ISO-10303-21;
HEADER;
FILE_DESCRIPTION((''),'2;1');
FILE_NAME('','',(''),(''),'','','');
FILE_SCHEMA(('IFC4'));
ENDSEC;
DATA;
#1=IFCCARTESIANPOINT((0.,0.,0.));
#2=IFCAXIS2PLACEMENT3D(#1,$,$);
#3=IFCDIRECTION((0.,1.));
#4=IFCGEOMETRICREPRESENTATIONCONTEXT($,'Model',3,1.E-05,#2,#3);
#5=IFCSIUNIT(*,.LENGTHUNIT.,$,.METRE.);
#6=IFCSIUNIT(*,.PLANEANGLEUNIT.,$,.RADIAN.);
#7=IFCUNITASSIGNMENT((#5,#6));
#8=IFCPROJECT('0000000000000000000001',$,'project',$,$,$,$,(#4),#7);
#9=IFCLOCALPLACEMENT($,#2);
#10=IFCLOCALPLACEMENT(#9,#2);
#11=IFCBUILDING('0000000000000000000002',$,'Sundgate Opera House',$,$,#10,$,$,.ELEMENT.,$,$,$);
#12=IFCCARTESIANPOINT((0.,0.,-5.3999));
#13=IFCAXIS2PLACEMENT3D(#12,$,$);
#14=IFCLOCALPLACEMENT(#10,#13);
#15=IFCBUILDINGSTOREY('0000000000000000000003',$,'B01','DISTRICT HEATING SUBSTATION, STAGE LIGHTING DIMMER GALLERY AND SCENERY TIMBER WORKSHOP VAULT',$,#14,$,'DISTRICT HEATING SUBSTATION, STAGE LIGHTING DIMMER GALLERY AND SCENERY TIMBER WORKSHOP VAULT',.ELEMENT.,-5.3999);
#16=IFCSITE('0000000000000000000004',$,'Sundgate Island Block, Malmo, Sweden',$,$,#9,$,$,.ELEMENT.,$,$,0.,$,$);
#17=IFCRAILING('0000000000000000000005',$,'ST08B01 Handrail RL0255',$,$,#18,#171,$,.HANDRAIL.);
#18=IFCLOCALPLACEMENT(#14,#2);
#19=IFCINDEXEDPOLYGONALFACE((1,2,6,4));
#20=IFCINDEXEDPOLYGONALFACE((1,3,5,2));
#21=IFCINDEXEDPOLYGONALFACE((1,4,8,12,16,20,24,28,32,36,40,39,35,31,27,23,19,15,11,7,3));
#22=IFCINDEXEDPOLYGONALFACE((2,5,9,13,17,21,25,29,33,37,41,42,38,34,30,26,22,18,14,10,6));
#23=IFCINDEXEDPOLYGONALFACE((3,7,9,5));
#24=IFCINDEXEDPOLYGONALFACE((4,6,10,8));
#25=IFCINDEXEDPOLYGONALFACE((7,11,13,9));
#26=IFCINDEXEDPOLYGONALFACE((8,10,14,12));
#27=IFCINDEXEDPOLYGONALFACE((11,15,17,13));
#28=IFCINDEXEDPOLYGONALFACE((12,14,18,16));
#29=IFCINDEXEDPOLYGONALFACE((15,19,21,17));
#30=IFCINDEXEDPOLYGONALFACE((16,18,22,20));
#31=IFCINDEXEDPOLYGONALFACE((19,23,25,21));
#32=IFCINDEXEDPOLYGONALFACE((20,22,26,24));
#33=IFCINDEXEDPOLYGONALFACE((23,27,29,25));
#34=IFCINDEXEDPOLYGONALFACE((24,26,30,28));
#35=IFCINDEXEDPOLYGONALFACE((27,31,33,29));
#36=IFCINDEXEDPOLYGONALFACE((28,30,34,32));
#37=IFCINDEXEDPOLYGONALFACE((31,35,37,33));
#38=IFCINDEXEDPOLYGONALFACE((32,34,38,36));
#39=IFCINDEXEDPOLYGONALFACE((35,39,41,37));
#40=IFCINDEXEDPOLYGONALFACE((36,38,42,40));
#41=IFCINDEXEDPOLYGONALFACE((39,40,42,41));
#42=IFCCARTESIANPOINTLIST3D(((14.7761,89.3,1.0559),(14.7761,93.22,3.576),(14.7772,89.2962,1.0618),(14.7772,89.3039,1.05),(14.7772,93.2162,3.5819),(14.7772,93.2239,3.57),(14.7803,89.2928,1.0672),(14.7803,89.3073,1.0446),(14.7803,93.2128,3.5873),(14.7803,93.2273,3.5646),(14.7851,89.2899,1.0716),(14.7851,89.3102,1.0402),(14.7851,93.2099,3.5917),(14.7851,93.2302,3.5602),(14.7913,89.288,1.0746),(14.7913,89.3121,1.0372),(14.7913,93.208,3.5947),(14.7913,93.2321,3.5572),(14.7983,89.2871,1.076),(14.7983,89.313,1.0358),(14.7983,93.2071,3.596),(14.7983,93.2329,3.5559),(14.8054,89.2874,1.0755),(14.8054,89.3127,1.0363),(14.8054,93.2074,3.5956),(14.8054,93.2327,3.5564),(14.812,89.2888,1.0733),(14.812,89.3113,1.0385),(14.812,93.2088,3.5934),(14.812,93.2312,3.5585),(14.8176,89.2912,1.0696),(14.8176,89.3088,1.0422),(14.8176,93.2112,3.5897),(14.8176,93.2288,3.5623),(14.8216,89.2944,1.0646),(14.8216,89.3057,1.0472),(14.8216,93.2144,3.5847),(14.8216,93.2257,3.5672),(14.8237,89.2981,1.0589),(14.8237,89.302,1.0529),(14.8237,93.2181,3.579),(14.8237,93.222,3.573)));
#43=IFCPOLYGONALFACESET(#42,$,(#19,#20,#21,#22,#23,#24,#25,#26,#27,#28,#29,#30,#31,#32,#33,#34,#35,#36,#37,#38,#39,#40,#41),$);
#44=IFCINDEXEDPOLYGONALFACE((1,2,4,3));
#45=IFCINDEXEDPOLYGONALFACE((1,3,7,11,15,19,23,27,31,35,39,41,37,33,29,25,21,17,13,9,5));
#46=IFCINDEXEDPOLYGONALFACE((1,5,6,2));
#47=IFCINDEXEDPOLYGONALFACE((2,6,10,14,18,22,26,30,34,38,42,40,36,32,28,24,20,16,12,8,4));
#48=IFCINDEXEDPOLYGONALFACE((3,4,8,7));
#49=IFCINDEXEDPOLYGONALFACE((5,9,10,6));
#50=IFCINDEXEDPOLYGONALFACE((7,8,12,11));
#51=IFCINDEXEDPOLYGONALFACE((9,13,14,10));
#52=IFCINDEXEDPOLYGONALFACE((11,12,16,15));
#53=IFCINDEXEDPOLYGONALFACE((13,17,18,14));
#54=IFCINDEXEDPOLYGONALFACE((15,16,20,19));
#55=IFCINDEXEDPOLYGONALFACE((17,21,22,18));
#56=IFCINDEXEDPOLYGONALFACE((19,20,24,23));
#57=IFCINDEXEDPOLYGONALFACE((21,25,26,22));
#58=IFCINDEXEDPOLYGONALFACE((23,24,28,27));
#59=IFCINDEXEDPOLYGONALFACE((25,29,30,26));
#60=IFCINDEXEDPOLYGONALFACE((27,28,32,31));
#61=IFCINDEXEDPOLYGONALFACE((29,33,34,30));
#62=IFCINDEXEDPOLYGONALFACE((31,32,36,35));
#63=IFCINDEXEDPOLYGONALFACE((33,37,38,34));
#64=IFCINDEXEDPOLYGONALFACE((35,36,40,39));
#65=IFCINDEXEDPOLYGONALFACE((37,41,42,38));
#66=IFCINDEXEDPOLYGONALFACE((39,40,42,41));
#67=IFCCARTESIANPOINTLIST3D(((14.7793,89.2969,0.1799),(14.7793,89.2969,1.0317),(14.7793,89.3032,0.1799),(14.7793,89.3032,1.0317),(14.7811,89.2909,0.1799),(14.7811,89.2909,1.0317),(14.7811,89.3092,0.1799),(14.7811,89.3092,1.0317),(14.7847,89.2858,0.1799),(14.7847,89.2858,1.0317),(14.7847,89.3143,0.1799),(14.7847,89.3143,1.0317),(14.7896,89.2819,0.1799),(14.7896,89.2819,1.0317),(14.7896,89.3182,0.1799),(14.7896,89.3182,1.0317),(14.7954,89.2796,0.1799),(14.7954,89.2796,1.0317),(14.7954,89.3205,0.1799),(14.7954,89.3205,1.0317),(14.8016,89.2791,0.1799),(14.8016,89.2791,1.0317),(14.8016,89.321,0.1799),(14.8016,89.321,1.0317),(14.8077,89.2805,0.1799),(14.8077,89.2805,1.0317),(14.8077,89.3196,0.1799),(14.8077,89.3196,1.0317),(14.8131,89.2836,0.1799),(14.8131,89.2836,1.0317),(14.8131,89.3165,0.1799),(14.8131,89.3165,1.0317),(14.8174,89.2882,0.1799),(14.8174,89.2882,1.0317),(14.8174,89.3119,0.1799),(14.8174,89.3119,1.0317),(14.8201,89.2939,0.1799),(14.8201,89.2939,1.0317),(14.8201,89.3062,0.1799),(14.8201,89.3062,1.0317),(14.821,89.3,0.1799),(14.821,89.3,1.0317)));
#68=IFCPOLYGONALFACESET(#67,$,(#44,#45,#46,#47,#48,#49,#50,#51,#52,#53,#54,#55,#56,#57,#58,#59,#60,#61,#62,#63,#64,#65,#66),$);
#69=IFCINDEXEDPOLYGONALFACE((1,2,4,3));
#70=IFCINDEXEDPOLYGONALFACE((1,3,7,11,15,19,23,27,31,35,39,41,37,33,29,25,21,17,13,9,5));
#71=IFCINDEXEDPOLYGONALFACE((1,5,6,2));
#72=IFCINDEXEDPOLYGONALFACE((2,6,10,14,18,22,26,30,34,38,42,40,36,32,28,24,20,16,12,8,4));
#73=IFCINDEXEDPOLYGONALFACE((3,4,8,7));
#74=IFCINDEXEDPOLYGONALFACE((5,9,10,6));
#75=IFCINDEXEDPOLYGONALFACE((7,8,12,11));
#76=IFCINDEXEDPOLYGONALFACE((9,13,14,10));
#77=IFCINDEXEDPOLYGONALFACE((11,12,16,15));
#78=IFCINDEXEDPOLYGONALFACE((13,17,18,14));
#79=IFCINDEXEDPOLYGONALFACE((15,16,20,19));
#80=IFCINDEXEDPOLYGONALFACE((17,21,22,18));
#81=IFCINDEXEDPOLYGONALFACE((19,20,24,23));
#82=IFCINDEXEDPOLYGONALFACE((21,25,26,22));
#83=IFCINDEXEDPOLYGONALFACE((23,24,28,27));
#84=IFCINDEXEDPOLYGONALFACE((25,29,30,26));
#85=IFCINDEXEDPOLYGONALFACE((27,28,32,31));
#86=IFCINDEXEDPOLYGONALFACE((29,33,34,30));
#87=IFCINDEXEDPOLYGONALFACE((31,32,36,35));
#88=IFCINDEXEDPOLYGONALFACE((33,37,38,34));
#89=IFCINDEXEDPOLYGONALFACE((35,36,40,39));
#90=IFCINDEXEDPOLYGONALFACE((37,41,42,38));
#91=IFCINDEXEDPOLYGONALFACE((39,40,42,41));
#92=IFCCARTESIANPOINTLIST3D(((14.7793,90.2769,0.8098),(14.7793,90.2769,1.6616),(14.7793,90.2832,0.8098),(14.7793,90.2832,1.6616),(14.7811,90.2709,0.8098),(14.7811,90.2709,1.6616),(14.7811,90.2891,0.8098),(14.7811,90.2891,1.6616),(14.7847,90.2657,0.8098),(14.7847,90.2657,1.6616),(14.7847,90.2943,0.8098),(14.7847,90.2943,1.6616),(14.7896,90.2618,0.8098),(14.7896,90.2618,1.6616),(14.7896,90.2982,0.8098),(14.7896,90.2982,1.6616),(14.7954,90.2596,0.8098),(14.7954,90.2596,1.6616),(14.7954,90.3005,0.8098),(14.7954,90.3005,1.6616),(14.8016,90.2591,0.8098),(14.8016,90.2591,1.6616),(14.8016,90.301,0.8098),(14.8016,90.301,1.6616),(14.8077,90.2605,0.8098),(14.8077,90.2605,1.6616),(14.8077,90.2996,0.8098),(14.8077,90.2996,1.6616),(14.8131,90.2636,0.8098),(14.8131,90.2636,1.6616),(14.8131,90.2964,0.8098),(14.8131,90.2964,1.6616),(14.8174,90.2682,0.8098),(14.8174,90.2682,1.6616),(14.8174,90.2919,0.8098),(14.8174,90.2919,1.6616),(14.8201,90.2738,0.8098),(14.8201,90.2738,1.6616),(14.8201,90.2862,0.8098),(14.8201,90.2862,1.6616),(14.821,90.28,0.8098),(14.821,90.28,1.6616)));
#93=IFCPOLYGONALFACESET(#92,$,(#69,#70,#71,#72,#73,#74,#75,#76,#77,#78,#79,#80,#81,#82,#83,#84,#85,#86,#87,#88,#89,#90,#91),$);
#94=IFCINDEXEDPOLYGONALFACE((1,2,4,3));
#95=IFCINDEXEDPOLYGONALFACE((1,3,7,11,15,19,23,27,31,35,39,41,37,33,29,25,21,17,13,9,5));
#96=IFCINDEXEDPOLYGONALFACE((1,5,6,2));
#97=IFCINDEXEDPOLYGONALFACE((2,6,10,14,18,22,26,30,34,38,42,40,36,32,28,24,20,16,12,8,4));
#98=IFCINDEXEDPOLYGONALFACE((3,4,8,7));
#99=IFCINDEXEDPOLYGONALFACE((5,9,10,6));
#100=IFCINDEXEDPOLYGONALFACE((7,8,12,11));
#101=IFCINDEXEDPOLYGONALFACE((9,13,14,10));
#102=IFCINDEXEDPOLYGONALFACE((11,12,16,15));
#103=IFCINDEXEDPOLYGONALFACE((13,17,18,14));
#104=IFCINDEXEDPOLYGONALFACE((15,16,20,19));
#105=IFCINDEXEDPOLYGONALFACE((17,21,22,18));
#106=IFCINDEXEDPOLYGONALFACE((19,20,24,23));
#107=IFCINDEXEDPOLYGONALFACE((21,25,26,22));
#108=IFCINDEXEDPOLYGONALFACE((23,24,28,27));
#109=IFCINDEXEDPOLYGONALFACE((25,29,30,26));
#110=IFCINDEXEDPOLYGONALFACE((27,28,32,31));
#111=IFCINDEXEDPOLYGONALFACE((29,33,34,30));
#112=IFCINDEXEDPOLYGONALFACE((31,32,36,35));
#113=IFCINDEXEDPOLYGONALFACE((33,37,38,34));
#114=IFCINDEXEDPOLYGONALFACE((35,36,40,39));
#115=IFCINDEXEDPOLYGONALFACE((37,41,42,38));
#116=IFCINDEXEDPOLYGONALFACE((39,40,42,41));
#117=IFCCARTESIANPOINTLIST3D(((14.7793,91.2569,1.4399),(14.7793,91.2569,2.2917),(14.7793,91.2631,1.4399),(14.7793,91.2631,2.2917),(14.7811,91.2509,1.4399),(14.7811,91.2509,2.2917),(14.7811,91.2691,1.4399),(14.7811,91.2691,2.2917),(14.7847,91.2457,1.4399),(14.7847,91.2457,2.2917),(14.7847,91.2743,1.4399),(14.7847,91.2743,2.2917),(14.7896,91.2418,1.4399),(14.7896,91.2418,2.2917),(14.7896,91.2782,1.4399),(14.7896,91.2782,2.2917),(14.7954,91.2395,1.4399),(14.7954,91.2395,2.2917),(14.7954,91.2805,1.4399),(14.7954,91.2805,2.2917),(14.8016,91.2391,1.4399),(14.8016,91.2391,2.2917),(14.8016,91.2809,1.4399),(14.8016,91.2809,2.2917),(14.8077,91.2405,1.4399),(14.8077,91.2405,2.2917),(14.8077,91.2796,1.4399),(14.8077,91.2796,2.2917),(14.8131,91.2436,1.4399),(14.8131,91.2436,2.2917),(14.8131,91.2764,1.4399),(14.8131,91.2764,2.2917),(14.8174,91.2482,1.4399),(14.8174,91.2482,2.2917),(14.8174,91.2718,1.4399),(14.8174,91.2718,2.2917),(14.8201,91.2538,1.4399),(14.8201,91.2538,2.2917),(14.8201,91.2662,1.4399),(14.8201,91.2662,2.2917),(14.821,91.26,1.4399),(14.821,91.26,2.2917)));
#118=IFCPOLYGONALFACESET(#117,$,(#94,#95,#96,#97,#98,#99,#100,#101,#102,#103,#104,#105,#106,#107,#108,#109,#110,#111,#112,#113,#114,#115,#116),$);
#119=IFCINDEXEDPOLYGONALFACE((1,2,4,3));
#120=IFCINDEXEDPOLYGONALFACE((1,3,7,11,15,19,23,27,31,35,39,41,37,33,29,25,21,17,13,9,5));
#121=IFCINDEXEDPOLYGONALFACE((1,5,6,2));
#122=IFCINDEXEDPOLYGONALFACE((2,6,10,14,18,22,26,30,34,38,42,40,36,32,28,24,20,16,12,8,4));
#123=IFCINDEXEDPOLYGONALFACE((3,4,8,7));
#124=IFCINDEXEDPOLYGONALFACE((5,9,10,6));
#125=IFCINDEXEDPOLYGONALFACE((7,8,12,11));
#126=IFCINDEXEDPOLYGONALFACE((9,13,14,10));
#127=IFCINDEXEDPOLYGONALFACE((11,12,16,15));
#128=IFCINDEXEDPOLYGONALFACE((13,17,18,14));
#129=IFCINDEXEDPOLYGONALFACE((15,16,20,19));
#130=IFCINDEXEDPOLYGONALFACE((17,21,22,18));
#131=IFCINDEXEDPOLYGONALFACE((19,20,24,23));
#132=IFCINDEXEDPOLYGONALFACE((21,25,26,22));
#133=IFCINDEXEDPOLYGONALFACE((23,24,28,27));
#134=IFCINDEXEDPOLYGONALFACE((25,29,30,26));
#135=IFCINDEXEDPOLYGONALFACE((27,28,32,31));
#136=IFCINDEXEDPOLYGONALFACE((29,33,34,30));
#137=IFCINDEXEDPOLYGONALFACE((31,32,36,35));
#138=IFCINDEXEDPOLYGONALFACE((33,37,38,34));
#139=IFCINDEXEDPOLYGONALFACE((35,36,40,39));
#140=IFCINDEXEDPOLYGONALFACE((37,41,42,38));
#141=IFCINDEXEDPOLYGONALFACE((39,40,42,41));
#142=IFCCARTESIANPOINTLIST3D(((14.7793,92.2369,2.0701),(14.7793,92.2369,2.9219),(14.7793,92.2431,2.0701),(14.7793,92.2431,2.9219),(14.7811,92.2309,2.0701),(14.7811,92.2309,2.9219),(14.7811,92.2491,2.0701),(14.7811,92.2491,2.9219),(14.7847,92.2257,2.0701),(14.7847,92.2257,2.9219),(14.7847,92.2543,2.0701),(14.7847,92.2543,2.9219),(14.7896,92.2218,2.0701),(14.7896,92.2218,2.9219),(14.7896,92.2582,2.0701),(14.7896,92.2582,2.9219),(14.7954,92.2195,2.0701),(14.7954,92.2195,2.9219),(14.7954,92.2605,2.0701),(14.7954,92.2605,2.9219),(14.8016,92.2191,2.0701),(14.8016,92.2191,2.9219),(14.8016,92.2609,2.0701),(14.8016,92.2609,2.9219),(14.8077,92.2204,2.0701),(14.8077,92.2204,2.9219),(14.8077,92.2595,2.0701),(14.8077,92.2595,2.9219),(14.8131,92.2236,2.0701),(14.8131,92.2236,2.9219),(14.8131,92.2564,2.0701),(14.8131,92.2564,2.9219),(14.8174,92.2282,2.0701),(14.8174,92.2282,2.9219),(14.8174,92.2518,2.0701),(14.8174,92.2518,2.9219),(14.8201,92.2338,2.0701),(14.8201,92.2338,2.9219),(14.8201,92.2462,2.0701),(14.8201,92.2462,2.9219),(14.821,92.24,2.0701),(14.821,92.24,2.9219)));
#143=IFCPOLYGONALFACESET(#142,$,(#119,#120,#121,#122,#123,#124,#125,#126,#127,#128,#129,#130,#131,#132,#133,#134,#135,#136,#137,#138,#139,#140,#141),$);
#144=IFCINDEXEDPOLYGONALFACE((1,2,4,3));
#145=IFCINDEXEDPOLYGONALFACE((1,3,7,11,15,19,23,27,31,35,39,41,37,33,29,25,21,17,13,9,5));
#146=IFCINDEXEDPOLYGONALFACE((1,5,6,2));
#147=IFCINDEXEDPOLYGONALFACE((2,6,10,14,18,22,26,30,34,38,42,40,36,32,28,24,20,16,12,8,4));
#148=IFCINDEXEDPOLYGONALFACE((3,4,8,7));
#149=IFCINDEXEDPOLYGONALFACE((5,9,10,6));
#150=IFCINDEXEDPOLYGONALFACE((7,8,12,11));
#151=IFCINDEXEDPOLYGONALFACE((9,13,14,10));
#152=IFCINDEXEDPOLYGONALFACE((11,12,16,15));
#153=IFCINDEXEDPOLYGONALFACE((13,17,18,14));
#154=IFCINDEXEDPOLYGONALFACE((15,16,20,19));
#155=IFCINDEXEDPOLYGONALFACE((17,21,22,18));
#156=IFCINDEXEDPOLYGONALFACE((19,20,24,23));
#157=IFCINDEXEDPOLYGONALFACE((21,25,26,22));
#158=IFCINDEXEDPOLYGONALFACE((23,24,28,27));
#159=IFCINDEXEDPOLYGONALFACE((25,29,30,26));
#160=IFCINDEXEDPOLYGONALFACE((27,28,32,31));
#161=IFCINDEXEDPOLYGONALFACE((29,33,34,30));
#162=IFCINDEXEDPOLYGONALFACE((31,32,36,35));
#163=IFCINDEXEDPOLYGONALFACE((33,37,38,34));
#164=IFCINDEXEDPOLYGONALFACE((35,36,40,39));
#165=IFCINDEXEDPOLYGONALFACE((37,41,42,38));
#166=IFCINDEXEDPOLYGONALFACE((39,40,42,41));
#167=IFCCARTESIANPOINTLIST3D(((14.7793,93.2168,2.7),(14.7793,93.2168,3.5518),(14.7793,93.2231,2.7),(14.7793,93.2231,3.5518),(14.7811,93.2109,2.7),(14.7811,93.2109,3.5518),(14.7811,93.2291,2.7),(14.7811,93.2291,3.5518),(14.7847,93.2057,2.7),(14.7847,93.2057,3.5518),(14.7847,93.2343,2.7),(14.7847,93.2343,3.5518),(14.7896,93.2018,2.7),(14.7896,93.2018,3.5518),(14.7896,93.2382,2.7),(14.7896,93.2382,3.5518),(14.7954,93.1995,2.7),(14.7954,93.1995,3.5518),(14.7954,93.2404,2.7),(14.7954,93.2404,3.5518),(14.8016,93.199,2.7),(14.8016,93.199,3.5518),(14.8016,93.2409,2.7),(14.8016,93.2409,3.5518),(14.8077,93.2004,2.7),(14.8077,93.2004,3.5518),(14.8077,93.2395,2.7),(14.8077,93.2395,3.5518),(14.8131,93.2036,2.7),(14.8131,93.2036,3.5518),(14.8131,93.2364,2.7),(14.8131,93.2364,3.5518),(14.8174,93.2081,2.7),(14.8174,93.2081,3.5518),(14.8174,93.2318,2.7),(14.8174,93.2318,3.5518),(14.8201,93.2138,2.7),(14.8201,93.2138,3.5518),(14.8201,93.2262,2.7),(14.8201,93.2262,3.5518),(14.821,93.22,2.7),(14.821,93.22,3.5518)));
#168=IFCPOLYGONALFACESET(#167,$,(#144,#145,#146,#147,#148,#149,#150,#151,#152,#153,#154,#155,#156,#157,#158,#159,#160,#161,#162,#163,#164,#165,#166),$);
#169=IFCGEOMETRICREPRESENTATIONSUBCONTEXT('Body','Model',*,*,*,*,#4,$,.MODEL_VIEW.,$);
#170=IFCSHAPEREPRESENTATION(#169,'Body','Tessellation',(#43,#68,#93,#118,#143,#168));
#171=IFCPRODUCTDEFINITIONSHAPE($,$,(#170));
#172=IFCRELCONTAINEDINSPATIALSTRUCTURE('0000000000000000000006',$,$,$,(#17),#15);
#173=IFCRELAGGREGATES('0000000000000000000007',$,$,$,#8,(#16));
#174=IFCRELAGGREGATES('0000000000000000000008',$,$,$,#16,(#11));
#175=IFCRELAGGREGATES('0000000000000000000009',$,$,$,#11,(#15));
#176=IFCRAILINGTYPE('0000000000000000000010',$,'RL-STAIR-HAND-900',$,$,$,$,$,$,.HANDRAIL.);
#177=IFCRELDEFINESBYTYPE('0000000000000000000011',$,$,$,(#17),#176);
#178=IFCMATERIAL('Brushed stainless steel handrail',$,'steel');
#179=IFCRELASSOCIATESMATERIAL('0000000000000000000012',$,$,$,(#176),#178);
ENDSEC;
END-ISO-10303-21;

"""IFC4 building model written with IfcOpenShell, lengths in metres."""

from ifc_helpers import new_model, si_unit, direction, frame, origin, origin_2d, place, context, subcontext, project, spatial, circle, extrude, material, type_object, element, save


model = new_model("IFC4")

# Units and contexts
model_context = context("Model", 3, precision=1e-05, world=origin(), true_north=direction((0.0, 1.0)))
body_context = subcontext(model_context, "Body", "Model", "MODEL_VIEW")
ifc_project = project(units=[si_unit("LENGTHUNIT", "METRE"), si_unit("PLANEANGLEUNIT", "RADIAN")], contexts=[model_context])

# Site, building, storey
site_placement = place(None, origin())
site = spatial("IfcSite", under=ifc_project, at=site_placement, Name="Sundgate Island Block, Malmo, Sweden", CompositionType="ELEMENT", RefElevation=0.0)
building_placement = place(site_placement, origin())
building = spatial("IfcBuilding", under=site, at=building_placement, Name="Sundgate Opera House", CompositionType="ELEMENT")
storey_placement = place(building_placement, frame((0.0, 0.0, -5.3999)))
storey = spatial("IfcBuildingStorey", under=building, at=storey_placement, Name="B01", Description="DISTRICT HEATING SUBSTATION, STAGE LIGHTING DIMMER GALLERY AND SCENERY TIMBER WORKSHOP VAULT", LongName="DISTRICT HEATING SUBSTATION, STAGE LIGHTING DIMMER GALLERY AND SCENERY TIMBER WORKSHOP VAULT", CompositionType="ELEMENT", Elevation=-5.3999)

# Railing
ifc_material_1 = material(Name="Brushed stainless steel handrail", Category="steel")
railing_type_1 = type_object("IfcRailingType", Name="RL-STAIR-HAND-900", PredefinedType="HANDRAIL", material=ifc_material_1)
railing_1_placement = place(storey_placement, frame((14.8, 89.3, 0.1799)))
element("IfcRailing", 1, at=railing_1_placement, inside=storey, type_object=railing_type_1, Name="ST08B01 Handrail RL0255", PredefinedType="HANDRAIL", context=body_context, shape_type="SweptSolid", body=[
    extrude(circle(Radius=0.0239, at=origin_2d()), frame((0.0, 0.0, 0.876), z_axis=(0.0, 0.841172, 0.540768), x_axis=(-1.0, 0.0, 0.0)), (0.0, 0.0, 1.0), 4.6602),
    extrude(circle(Radius=0.021, at=origin_2d()), origin(), (0.0, 0.0, 1.0), 0.8518),
    extrude(circle(Radius=0.021, at=origin_2d()), frame((0.0, 0.98, 0.6299)), (0.0, 0.0, 1.0), 0.8518),
    extrude(circle(Radius=0.021, at=origin_2d()), frame((0.0, 1.96, 1.26)), (0.0, 0.0, 1.0), 0.8518),
    extrude(circle(Radius=0.021, at=origin_2d()), frame((0.0, 2.9399, 1.8901)), (0.0, 0.0, 1.0), 0.8518),
    extrude(circle(Radius=0.021, at=origin_2d()), frame((0.0, 3.9199, 2.52)), (0.0, 0.0, 1.0), 0.8518),
])

save(model, "model.ifc")
